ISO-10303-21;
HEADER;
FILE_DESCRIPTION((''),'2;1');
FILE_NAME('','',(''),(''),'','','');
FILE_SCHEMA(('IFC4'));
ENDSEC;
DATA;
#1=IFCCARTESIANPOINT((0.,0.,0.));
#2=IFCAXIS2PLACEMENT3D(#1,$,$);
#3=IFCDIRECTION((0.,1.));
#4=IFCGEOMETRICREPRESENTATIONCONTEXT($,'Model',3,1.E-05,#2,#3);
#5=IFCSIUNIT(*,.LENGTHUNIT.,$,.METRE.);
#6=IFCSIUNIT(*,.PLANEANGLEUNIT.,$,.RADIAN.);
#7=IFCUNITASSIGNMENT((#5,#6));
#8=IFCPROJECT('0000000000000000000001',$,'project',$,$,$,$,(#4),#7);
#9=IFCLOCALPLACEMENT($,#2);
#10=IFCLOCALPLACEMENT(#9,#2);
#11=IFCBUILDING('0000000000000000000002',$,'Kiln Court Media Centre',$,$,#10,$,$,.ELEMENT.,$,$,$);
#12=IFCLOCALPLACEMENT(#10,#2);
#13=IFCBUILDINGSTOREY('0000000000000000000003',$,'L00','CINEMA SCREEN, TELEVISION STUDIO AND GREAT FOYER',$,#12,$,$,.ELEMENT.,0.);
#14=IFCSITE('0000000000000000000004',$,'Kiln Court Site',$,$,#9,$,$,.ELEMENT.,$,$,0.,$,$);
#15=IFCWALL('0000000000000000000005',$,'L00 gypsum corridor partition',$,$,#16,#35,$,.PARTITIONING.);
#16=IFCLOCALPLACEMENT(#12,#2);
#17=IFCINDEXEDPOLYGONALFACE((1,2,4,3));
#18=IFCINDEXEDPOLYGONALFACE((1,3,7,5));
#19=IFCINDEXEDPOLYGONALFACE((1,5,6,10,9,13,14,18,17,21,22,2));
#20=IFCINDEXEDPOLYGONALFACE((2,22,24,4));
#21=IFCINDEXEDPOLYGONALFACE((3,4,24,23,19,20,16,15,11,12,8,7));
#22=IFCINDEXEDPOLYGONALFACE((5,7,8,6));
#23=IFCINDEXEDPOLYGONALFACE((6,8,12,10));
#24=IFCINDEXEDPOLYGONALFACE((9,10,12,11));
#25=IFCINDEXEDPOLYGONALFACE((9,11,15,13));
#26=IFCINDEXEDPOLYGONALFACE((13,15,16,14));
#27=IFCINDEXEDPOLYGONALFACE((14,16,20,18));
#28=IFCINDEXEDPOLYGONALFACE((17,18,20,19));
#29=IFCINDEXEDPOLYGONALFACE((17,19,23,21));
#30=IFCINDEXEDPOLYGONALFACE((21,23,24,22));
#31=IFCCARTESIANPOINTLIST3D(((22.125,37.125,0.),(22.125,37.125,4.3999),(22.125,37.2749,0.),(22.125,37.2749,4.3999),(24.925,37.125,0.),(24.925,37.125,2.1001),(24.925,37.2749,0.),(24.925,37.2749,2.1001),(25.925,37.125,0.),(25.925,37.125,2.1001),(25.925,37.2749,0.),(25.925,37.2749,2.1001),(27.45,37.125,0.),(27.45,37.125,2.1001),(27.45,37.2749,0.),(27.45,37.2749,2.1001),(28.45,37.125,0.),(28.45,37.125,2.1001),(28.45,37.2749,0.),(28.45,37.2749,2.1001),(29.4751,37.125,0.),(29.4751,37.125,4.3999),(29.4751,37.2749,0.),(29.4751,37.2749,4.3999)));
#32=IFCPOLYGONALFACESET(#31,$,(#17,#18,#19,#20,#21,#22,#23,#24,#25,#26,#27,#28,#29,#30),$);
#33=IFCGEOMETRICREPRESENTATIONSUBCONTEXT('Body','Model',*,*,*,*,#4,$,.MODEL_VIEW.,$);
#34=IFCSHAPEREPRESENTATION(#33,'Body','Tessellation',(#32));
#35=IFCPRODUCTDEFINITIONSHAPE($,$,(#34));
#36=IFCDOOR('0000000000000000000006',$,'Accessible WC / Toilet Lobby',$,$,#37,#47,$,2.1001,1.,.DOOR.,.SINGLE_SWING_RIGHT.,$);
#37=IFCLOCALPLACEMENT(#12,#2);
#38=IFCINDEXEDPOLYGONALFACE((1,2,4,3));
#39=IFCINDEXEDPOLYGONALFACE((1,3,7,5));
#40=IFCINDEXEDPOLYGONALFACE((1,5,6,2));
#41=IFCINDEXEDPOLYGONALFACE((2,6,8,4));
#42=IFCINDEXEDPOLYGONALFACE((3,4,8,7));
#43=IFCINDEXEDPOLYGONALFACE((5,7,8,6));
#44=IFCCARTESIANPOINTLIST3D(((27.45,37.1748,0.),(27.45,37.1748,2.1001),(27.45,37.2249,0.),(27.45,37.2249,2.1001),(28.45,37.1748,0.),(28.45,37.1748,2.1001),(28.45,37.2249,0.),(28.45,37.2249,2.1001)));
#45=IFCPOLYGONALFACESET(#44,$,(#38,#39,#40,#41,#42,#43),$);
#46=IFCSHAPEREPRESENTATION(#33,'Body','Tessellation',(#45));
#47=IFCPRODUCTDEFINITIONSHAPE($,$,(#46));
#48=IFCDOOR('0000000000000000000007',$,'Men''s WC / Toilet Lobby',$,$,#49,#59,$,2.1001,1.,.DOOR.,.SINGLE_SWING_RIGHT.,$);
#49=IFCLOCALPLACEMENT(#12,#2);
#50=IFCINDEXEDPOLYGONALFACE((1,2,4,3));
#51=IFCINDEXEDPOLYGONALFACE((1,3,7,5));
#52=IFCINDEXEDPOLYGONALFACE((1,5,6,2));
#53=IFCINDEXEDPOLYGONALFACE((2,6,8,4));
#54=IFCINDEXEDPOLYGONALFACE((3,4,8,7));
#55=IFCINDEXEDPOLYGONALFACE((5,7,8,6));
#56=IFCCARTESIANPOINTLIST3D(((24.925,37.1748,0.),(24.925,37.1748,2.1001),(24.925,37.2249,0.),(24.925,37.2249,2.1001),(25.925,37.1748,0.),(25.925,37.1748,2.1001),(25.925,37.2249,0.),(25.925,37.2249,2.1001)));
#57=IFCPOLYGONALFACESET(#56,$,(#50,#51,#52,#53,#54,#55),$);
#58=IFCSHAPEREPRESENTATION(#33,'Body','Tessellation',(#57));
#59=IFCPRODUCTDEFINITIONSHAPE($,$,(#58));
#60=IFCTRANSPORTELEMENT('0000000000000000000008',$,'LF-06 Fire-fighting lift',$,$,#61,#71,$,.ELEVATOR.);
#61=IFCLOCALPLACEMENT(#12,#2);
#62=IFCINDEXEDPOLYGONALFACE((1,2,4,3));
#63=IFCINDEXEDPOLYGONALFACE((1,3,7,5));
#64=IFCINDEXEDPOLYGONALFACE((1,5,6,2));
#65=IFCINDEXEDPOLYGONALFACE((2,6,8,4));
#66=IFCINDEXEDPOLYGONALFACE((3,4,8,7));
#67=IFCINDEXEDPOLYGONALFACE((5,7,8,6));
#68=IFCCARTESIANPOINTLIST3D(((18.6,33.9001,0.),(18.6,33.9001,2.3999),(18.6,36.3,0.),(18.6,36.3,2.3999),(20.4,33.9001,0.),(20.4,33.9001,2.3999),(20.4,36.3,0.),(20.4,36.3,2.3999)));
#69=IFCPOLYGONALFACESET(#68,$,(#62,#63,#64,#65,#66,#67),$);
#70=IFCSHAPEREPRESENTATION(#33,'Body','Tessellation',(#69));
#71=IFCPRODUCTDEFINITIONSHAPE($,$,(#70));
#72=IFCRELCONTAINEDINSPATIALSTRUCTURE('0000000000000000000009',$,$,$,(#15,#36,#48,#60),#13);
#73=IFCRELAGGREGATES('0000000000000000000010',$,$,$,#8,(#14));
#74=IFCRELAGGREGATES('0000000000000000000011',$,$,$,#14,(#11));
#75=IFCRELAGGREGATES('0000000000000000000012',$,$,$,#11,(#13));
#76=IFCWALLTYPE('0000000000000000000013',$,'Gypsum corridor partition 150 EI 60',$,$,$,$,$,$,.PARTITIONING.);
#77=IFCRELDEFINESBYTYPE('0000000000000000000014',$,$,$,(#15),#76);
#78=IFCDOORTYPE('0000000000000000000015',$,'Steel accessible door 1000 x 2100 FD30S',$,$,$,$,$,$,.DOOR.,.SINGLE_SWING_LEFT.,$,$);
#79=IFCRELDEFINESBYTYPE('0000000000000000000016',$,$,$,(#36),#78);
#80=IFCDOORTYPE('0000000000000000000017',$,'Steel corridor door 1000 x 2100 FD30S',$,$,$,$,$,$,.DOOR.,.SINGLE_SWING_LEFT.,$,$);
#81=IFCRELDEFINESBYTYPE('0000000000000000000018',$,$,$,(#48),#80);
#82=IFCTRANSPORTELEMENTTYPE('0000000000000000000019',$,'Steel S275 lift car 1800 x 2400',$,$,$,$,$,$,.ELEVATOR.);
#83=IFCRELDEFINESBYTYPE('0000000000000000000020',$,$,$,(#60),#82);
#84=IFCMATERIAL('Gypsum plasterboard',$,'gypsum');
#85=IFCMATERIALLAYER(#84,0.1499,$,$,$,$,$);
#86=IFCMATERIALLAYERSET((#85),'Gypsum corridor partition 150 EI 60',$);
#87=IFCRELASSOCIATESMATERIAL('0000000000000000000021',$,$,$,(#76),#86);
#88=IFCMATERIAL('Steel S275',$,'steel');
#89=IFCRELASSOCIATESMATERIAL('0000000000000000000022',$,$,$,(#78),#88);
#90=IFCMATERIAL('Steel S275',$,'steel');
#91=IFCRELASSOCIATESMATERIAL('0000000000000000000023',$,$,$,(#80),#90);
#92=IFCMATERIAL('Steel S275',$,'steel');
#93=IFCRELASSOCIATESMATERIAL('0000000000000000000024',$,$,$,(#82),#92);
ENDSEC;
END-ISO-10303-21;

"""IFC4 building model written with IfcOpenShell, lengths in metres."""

from ifc_helpers import new_model, si_unit, direction, frame, frame_2d, origin, origin_2d, place, context, subcontext, project, spatial, rectangle, extrude, material, layer, layer_set, type_object, element, fill, save


model = new_model("IFC4")

# Units and contexts
model_context = context("Model", 3, precision=1e-05, world=origin(), true_north=direction((0.0, 1.0)))
body_context = subcontext(model_context, "Body", "Model", "MODEL_VIEW")
ifc_project = project(units=[si_unit("LENGTHUNIT", "METRE"), si_unit("PLANEANGLEUNIT", "RADIAN")], contexts=[model_context])

# Site, building, storey
site_placement = place(None, origin())
site = spatial("IfcSite", under=ifc_project, at=site_placement, Name="Kiln Court Site", CompositionType="ELEMENT", RefElevation=0.0)
building_placement = place(site_placement, origin())
building = spatial("IfcBuilding", under=site, at=building_placement, Name="Kiln Court Media Centre", CompositionType="ELEMENT")
storey_placement = place(building_placement, origin())
storey = spatial("IfcBuildingStorey", under=building, at=storey_placement, Name="L00", Description="CINEMA SCREEN, TELEVISION STUDIO AND GREAT FOYER", CompositionType="ELEMENT", Elevation=0.0)

# Wall, openings, doors
ifc_material_1 = material(Name="Gypsum plasterboard", Category="gypsum")
ifc_layer_1 = layer(ifc_material_1, 0.1499)
ifc_layer_set_1 = layer_set([ifc_layer_1], Name="Gypsum corridor partition 150 EI 60")
wall_type_1 = type_object("IfcWallType", Name="Gypsum corridor partition 150 EI 60", PredefinedType="PARTITIONING", material=ifc_layer_set_1)
wall_1_placement = place(storey_placement, frame((22.125, 37.2, 0.0), z_axis=(0.0, 0.0, 1.0), x_axis=(1.0, 0.0, 0.0)))
wall_1 = element("IfcWall", 1, at=wall_1_placement, inside=storey, type_object=wall_type_1, Name="L00 gypsum corridor partition", PredefinedType="PARTITIONING", context=body_context, shape_type="SweptSolid", body=[
    extrude(rectangle(XDim=7.3501, YDim=0.1499, at=frame_2d((3.675, 0.0))), origin(), (0.0, 0.0, 1.0), 4.3999),
])
opening_1_placement = place(wall_1_placement, frame((2.8, 0.0, 0.0)))
opening_1 = element("IfcOpeningElement", 2, at=opening_1_placement, cuts=wall_1, PredefinedType="OPENING", context=body_context, shape_type="SweptSolid", body=[
    extrude(rectangle(XDim=1.0, YDim=2.1001, at=frame_2d((0.5, 1.05))), frame((0.0, 0.085, 0.0), z_axis=(0.0, -1.0, 0.0), x_axis=(1.0, 0.0, 0.0)), (0.0, 0.0, 1.0), 0.1699),
])
opening_2_placement = place(wall_1_placement, frame((5.325, 0.0, 0.0)))
opening_2 = element("IfcOpeningElement", 3, at=opening_2_placement, cuts=wall_1, PredefinedType="OPENING", context=body_context, shape_type="SweptSolid", body=[
    extrude(rectangle(XDim=1.0, YDim=2.1001, at=frame_2d((0.5, 1.05))), frame((0.0, 0.085, 0.0), z_axis=(0.0, -1.0, 0.0), x_axis=(1.0, 0.0, 0.0)), (0.0, 0.0, 1.0), 0.1699),
])
ifc_material_2 = material(Name="Steel S275", Category="steel")
door_type_1 = type_object("IfcDoorType", Name="Steel accessible door 1000 x 2100 FD30S", OperationType="SINGLE_SWING_LEFT", PredefinedType="DOOR", material=ifc_material_2)
door_1_placement = place(opening_2_placement, origin())
door_1 = element("IfcDoor", 4, at=door_1_placement, inside=storey, type_object=door_type_1, Name="Accessible WC / Toilet Lobby", OperationType="SINGLE_SWING_RIGHT", OverallHeight=2.1001, OverallWidth=1.0, PredefinedType="DOOR", context=body_context, shape_type="SweptSolid", body=[
    extrude(rectangle(XDim=1.0, YDim=2.1001, at=frame_2d((0.5, 1.05))), frame((0.0, 0.0249, 0.0), z_axis=(0.0, -1.0, 0.0), x_axis=(1.0, 0.0, 0.0)), (0.0, 0.0, 1.0), 0.05),
])
fill(opening_2, door_1)
ifc_material_3 = material(Name="Steel S275", Category="steel")
door_type_2 = type_object("IfcDoorType", Name="Steel corridor door 1000 x 2100 FD30S", OperationType="SINGLE_SWING_LEFT", PredefinedType="DOOR", material=ifc_material_3)
door_2_placement = place(opening_1_placement, origin())
door_2 = element("IfcDoor", 5, at=door_2_placement, inside=storey, type_object=door_type_2, Name="Men's WC / Toilet Lobby", OperationType="SINGLE_SWING_RIGHT", OverallHeight=2.1001, OverallWidth=1.0, PredefinedType="DOOR", context=body_context, shape_type="SweptSolid", body=[
    extrude(rectangle(XDim=1.0, YDim=2.1001, at=frame_2d((0.5, 1.05))), frame((0.0, 0.0249, 0.0), z_axis=(0.0, -1.0, 0.0), x_axis=(1.0, 0.0, 0.0)), (0.0, 0.0, 1.0), 0.05),
])
fill(opening_1, door_2)

# Transport element
ifc_material_4 = material(Name="Steel S275", Category="steel")
transport_element_type = type_object("IfcTransportElementType", Name="Steel S275 lift car 1800 x 2400", PredefinedType="ELEVATOR", material=ifc_material_4)
transport_element_placement = place(storey_placement, frame((19.5, 35.1001, 0.0), z_axis=(0.0, 0.0, 1.0), x_axis=(1.0, 0.0, 0.0)))
element("IfcTransportElement", 6, at=transport_element_placement, inside=storey, type_object=transport_element_type, Name="LF-06 Fire-fighting lift", PredefinedType="ELEVATOR", context=body_context, shape_type="SweptSolid", body=[
    extrude(rectangle(XDim=1.8, YDim=2.3999, at=origin_2d()), origin(), (0.0, 0.0, 1.0), 2.3999),
])

save(model, "model.ifc")
